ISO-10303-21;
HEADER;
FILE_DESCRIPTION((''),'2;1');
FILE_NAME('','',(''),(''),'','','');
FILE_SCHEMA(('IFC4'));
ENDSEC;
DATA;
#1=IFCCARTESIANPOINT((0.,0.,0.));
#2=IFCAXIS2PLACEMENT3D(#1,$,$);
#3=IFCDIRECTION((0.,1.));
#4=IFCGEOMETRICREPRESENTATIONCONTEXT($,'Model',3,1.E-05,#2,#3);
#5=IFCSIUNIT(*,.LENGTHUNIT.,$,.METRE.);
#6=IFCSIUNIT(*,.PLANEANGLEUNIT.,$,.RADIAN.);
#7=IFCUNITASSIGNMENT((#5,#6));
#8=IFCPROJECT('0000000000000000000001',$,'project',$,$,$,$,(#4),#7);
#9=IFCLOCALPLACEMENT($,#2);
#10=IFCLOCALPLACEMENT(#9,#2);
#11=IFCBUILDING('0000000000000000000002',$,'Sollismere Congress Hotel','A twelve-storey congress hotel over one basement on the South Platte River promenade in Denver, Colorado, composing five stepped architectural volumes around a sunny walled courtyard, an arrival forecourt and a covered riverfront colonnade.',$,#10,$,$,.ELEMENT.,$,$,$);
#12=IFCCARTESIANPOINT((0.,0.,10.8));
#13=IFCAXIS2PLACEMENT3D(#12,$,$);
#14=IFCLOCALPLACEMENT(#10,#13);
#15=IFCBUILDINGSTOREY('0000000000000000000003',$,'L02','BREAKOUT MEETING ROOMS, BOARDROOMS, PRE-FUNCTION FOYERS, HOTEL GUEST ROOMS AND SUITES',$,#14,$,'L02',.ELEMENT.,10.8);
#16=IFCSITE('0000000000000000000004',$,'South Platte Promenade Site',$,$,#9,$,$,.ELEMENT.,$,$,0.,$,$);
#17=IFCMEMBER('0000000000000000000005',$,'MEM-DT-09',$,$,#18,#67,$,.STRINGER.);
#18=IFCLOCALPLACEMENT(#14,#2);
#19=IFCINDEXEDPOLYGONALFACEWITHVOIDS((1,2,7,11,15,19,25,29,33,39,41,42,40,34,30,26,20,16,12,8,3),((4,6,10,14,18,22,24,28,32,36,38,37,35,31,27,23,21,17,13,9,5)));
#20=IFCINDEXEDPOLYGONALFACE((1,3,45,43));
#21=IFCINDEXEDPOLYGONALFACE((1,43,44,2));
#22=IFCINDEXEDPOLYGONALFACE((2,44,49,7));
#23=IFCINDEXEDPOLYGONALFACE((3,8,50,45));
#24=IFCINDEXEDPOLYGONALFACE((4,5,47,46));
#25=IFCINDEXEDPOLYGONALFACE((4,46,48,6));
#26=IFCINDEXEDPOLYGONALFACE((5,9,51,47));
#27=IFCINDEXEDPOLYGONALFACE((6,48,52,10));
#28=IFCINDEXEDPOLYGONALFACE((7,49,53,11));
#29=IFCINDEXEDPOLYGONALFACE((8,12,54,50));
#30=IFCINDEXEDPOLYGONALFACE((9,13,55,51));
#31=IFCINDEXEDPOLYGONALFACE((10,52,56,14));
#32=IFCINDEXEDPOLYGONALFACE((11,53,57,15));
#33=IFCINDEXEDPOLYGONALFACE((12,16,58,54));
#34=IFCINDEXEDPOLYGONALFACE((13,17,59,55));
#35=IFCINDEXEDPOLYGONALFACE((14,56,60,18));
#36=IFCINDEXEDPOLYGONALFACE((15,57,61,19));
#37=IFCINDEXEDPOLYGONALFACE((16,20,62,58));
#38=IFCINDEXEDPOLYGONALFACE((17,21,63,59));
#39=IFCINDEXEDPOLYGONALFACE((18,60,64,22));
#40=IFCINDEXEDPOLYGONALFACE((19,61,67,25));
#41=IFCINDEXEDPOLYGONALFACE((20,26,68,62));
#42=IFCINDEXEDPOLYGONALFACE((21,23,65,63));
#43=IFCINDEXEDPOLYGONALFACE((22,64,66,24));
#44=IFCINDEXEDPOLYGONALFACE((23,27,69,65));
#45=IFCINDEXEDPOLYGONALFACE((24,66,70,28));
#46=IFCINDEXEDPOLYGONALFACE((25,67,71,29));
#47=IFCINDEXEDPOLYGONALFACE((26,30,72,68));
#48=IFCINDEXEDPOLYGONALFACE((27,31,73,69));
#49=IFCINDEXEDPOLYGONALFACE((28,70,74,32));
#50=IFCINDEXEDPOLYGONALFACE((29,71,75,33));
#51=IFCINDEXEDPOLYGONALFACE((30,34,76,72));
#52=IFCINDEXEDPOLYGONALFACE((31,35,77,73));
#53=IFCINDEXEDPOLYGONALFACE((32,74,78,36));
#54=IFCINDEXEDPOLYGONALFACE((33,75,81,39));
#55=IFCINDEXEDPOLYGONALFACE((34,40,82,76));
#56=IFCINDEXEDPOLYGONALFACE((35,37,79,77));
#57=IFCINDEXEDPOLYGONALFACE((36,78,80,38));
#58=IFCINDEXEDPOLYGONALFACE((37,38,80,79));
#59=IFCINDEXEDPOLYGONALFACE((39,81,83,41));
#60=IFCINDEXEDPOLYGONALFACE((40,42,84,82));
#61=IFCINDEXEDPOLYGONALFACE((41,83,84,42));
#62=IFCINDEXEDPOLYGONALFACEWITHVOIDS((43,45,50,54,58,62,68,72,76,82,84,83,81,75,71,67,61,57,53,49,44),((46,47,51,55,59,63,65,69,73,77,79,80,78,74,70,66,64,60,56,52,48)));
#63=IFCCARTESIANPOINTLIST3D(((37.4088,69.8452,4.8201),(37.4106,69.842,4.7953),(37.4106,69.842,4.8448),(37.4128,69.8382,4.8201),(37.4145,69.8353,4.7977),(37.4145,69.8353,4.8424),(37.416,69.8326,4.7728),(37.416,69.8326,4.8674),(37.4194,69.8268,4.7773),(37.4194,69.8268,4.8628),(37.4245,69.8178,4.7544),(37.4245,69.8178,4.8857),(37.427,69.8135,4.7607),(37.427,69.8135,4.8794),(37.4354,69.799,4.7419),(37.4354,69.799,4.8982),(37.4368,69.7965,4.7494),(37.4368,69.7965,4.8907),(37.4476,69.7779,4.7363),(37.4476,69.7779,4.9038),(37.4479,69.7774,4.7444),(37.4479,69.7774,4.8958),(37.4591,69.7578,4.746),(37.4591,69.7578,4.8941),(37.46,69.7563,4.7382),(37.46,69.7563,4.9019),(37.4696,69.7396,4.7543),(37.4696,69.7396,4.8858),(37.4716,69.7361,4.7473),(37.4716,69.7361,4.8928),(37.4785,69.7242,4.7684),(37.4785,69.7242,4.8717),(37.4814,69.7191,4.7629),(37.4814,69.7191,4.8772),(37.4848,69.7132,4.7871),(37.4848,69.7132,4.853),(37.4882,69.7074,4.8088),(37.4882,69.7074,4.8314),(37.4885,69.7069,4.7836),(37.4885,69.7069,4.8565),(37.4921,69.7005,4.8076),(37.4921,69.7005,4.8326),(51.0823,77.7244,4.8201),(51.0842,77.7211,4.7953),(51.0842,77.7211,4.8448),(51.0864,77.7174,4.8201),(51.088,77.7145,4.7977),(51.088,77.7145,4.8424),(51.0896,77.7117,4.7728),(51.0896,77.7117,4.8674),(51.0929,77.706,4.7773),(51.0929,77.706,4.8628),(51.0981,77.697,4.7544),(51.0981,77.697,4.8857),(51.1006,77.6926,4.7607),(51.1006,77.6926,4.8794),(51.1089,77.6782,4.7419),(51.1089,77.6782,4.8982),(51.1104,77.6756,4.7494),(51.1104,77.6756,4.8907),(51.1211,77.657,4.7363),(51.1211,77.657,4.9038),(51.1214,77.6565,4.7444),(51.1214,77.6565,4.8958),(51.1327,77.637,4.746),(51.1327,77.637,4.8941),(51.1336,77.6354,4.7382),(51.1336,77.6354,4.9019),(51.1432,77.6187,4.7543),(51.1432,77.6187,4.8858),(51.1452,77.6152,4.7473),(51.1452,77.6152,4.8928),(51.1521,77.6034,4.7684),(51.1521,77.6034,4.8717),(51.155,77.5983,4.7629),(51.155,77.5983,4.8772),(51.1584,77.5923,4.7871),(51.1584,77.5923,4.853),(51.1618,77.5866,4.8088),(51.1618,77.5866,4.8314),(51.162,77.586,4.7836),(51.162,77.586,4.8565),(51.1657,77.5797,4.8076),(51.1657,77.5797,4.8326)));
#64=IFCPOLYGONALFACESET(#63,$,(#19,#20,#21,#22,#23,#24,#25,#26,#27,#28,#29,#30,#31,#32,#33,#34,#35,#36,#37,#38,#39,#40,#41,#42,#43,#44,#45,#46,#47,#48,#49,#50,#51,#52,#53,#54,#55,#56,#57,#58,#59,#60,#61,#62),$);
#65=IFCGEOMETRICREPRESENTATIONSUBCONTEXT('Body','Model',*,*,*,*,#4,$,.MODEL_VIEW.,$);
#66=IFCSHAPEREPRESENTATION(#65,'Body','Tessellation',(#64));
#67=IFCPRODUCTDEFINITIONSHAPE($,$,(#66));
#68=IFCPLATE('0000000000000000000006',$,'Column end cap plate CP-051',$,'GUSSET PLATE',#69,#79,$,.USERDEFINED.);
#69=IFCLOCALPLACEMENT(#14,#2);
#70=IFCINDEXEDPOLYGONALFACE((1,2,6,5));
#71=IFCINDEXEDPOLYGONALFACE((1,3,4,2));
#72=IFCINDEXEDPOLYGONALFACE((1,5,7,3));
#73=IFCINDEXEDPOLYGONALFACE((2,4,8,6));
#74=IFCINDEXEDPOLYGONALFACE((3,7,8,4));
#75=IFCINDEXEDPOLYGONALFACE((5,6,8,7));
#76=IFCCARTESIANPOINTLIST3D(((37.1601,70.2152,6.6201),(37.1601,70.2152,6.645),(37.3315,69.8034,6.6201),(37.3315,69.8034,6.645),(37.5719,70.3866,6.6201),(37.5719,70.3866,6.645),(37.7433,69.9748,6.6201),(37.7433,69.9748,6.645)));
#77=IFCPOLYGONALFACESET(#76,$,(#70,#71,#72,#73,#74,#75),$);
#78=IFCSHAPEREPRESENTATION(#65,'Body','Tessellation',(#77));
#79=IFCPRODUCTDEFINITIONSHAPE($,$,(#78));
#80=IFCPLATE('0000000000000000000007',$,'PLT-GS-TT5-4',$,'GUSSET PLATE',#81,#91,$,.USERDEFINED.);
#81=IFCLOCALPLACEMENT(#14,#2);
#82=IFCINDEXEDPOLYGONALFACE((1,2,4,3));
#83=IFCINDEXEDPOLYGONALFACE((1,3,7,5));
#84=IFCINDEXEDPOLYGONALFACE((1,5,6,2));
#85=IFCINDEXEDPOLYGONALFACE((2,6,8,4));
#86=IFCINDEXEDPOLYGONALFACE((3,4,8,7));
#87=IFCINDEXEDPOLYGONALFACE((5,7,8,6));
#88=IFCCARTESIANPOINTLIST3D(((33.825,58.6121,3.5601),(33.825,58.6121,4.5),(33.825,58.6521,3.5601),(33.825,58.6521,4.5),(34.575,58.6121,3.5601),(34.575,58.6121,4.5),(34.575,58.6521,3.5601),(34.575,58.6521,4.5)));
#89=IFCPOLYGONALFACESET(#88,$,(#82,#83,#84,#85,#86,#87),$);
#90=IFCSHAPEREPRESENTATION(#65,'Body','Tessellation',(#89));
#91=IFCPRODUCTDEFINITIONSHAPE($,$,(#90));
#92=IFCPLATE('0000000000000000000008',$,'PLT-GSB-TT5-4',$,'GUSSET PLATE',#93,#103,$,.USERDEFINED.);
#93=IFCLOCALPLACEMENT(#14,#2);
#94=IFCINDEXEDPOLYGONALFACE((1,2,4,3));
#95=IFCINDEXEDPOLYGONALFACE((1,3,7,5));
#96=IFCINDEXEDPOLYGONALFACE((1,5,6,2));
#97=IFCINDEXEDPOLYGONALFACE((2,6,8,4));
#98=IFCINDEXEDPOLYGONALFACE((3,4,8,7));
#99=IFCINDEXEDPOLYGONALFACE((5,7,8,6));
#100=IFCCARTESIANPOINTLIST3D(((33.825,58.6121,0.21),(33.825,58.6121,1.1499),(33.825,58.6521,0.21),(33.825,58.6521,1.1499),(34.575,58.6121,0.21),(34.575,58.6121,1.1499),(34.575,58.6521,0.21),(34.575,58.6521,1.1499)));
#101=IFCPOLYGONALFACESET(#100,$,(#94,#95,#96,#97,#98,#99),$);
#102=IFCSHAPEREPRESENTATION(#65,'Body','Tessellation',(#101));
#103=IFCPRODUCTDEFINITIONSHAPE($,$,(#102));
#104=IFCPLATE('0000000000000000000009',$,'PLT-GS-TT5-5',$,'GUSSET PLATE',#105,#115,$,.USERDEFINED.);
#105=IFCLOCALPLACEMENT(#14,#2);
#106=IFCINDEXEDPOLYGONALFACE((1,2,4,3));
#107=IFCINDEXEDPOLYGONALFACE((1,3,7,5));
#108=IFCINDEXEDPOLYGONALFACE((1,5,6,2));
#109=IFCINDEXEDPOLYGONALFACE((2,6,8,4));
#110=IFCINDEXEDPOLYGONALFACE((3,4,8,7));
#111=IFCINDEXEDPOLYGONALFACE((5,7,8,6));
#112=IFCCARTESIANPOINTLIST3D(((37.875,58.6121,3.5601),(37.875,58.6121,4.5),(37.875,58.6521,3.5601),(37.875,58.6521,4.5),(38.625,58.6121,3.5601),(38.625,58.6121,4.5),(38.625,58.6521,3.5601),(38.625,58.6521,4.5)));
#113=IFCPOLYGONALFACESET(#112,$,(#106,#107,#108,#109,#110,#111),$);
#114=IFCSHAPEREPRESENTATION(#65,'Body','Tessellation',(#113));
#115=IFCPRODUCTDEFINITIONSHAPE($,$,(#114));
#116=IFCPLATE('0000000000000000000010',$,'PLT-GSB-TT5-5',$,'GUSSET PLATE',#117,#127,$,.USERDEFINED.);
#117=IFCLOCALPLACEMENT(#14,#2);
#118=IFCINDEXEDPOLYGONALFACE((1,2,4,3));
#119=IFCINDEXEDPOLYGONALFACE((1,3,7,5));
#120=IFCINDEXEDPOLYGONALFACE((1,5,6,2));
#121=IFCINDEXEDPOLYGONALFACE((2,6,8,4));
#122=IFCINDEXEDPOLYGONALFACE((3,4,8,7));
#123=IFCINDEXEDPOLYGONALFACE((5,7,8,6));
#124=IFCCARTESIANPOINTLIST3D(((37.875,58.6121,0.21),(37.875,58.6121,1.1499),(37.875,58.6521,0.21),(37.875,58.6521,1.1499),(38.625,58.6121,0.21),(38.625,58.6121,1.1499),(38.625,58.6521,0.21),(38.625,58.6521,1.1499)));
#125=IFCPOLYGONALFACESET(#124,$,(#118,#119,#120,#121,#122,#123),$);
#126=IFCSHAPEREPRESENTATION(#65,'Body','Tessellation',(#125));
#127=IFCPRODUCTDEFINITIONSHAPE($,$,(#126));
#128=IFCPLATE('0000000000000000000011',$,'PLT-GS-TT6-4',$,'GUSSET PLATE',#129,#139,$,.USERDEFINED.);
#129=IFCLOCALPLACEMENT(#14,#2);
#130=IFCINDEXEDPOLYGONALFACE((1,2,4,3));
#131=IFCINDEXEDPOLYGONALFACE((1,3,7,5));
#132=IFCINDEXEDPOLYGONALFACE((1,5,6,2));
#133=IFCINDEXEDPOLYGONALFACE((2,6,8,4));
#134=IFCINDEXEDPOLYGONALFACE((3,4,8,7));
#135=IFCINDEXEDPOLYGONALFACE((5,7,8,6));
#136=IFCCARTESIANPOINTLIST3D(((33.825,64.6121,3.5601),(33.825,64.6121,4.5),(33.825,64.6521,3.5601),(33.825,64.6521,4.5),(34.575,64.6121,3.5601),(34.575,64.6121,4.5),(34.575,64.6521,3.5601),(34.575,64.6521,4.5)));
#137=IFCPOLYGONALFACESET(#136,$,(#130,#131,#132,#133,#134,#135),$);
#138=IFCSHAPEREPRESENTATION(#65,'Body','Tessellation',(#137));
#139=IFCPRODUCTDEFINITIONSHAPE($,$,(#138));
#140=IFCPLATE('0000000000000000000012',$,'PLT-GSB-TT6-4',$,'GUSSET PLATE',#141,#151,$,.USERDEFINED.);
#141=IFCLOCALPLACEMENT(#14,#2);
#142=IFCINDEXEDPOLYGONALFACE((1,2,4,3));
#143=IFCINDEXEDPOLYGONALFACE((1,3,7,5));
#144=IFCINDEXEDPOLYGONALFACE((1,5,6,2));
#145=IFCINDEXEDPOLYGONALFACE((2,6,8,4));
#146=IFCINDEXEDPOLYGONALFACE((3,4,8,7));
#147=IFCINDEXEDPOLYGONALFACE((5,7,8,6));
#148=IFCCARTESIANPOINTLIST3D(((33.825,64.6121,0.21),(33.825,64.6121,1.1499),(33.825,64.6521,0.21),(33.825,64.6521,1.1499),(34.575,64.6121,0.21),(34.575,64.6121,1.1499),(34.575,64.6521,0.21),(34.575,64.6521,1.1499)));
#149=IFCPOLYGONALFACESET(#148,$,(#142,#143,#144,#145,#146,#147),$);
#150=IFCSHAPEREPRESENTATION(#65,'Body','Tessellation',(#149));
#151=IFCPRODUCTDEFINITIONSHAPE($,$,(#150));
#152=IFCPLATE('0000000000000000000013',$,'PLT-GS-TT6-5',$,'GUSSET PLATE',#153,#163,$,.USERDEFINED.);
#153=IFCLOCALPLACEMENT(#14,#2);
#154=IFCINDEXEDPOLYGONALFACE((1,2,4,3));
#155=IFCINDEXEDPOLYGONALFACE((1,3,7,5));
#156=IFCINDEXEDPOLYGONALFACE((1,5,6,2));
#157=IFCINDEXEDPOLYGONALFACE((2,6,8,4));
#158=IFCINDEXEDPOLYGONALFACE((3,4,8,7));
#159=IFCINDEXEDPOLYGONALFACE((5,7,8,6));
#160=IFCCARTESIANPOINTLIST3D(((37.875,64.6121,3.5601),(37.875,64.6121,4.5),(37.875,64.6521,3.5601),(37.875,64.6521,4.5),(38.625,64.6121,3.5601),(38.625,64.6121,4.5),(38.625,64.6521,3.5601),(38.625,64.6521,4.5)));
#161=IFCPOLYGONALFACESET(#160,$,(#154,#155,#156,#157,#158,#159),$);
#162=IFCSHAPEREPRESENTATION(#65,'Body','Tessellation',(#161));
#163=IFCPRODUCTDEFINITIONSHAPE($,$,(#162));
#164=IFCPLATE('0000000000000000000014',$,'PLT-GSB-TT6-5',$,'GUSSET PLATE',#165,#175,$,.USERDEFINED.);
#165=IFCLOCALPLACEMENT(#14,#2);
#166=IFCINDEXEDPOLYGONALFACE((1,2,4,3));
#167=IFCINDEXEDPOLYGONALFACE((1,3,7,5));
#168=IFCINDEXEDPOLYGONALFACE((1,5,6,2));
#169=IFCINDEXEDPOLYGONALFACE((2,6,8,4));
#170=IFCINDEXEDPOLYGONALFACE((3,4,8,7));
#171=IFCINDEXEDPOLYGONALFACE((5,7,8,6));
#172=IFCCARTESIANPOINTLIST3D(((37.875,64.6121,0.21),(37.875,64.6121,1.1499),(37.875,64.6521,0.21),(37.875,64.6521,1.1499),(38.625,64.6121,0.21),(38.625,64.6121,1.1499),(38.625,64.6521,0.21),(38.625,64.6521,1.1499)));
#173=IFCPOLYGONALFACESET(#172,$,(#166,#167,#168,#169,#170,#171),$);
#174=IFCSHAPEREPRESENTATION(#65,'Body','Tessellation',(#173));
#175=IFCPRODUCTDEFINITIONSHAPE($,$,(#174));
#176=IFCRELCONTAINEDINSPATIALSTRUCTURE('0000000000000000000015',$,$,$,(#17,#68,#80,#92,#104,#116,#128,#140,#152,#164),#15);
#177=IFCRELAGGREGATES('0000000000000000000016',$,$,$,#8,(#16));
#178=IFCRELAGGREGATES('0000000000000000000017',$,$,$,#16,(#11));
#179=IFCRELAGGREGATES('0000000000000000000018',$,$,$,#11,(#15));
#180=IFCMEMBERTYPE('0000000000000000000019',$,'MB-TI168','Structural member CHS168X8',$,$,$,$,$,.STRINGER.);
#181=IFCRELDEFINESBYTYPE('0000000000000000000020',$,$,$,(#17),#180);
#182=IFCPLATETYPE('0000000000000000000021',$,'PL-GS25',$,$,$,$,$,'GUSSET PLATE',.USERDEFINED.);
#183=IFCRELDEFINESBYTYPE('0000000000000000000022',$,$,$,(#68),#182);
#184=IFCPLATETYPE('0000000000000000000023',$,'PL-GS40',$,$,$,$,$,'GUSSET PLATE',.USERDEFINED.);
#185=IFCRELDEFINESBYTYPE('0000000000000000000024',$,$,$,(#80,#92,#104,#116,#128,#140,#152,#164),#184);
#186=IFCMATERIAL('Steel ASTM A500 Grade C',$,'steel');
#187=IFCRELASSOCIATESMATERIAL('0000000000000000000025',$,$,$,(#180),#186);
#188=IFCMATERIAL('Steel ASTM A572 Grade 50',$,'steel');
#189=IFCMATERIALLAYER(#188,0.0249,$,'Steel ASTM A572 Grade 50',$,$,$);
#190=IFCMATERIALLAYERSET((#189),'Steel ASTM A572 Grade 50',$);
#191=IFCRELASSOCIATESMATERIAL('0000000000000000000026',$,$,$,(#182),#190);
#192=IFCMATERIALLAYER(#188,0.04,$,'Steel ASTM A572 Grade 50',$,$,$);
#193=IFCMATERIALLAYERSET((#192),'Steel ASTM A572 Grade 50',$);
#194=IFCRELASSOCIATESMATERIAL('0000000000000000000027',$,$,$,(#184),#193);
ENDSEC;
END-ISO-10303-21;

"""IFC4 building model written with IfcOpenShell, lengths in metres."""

from ifc_helpers import new_model, si_unit, direction, frame, origin, origin_2d, place, context, subcontext, project, spatial, rectangle, hollow_circle, extrude, material, layer, layer_set, material_profile, profile_set, type_object, element, save


model = new_model("IFC4")

# Units and contexts
model_context = context("Model", 3, precision=1e-05, world=origin(), true_north=direction((0.0, 1.0)))
body_context = subcontext(model_context, "Body", "Model", "MODEL_VIEW")
ifc_project = project(units=[si_unit("LENGTHUNIT", "METRE"), si_unit("PLANEANGLEUNIT", "RADIAN")], contexts=[model_context])

# Site, building, storey
site_placement = place(None, origin())
site = spatial("IfcSite", under=ifc_project, at=site_placement, Name="South Platte Promenade Site", CompositionType="ELEMENT", RefElevation=0.0)
building_placement = place(site_placement, origin())
building = spatial("IfcBuilding", under=site, at=building_placement, Name="Sollismere Congress Hotel", Description="A twelve-storey congress hotel over one basement on the South Platte River promenade in Denver, Colorado, composing five stepped architectural volumes around a sunny walled courtyard, an arrival forecourt and a covered riverfront colonnade.", CompositionType="ELEMENT")
storey_placement = place(building_placement, frame((0.0, 0.0, 10.8)))
storey = spatial("IfcBuildingStorey", under=building, at=storey_placement, Name="L02", Description="BREAKOUT MEETING ROOMS, BOARDROOMS, PRE-FUNCTION FOYERS, HOTEL GUEST ROOMS AND SUITES", LongName="L02", CompositionType="ELEMENT", Elevation=10.8)

# Shared definitions
ifc_material_1 = material(Name="Steel ASTM A500 Grade C", Category="steel")

# Member
ifc_material_profile_1 = material_profile(ifc_material_1, hollow_circle(Radius=0.084, WallThickness=0.0081, at=origin_2d()), Name="CHS168X8")
ifc_profile_set_1 = profile_set([ifc_material_profile_1], Name="Steel ASTM A500 Grade C")
member_type_1 = type_object("IfcMemberType", Name="MB-TI168", Description="Structural member CHS168X8", PredefinedType="STRINGER", material=ifc_profile_set_1)
member_placement = place(storey_placement, frame((37.4507, 69.7725, 4.8201), z_axis=(0.866445, 0.499273, 0.0), x_axis=(-0.499273, 0.866445, 0.0)))
element("IfcMember", 1, at=member_placement, inside=storey, type_object=member_type_1, Name="MEM-DT-09", PredefinedType="STRINGER", context=body_context, shape_type="SweptSolid", body=[
    extrude(hollow_circle(Radius=0.084, WallThickness=0.0081, at=origin_2d()), origin(), (0.0, 0.0, 1.0), 15.7812),
])

# Plates
ifc_material_2 = material(Name="Steel ASTM A572 Grade 50", Category="steel")
ifc_layer_1 = layer(ifc_material_2, 0.0249, Name="Steel ASTM A572 Grade 50")
ifc_layer_set_1 = layer_set([ifc_layer_1], Name="Steel ASTM A572 Grade 50")
plate_type_1 = type_object("IfcPlateType", Name="PL-GS25", ElementType="GUSSET PLATE", PredefinedType="USERDEFINED", material=ifc_layer_set_1)
plate_placement = place(storey_placement, frame((37.4517, 70.095, 6.6201), z_axis=(0.0, 0.0, 1.0), x_axis=(0.384295, -0.92321, 0.0)))
element("IfcPlate", 2, at=plate_placement, inside=storey, type_object=plate_type_1, Name="Column end cap plate CP-051", ObjectType="GUSSET PLATE", PredefinedType="USERDEFINED", context=body_context, shape_type="SweptSolid", body=[
    extrude(rectangle(XDim=0.446, YDim=0.446, at=origin_2d()), origin(), (0.0, 0.0, 1.0), 0.0249),
])
ifc_layer_2 = layer(ifc_material_2, 0.04, Name="Steel ASTM A572 Grade 50")
ifc_layer_set_2 = layer_set([ifc_layer_2], Name="Steel ASTM A572 Grade 50")
plate_type_2 = type_object("IfcPlateType", Name="PL-GS40", ElementType="GUSSET PLATE", PredefinedType="USERDEFINED", material=ifc_layer_set_2)
for number, where, z_axis, x_axis, name in (
    (3, (34.2, 58.6321, 3.5601), (0.0, 0.0, 1.0), (1.0, 0.0, 0.0), "PLT-GS-TT5-4"),
    (4, (34.2, 58.6321, 0.21), (0.0, 0.0, 1.0), (1.0, 0.0, 0.0), "PLT-GSB-TT5-4"),
    (5, (38.25, 58.6321, 3.5601), (0.0, 0.0, 1.0), (1.0, 0.0, 0.0), "PLT-GS-TT5-5"),
    (6, (38.25, 58.6321, 0.21), (0.0, 0.0, 1.0), (1.0, 0.0, 0.0), "PLT-GSB-TT5-5"),
    (7, (34.2, 64.6321, 3.5601), (0.0, 0.0, 1.0), (1.0, 0.0, 0.0), "PLT-GS-TT6-4"),
    (8, (34.2, 64.6321, 0.21), (0.0, 0.0, 1.0), (1.0, 0.0, 0.0), "PLT-GSB-TT6-4"),
    (9, (38.25, 64.6321, 3.5601), (0.0, 0.0, 1.0), (1.0, 0.0, 0.0), "PLT-GS-TT6-5"),
    (10, (38.25, 64.6321, 0.21), (0.0, 0.0, 1.0), (1.0, 0.0, 0.0), "PLT-GSB-TT6-5"),
):
    element("IfcPlate", number, at=place(storey_placement, frame(where, z_axis=z_axis, x_axis=x_axis)), inside=storey, type_object=plate_type_2, Name=name, ObjectType="GUSSET PLATE", PredefinedType="USERDEFINED", context=body_context, shape_type="SweptSolid", body=[
        extrude(rectangle(XDim=0.75, YDim=0.04, at=origin_2d()), origin(), (0.0, 0.0, 1.0), 0.9399),
    ])

save(model, "model.ifc")
